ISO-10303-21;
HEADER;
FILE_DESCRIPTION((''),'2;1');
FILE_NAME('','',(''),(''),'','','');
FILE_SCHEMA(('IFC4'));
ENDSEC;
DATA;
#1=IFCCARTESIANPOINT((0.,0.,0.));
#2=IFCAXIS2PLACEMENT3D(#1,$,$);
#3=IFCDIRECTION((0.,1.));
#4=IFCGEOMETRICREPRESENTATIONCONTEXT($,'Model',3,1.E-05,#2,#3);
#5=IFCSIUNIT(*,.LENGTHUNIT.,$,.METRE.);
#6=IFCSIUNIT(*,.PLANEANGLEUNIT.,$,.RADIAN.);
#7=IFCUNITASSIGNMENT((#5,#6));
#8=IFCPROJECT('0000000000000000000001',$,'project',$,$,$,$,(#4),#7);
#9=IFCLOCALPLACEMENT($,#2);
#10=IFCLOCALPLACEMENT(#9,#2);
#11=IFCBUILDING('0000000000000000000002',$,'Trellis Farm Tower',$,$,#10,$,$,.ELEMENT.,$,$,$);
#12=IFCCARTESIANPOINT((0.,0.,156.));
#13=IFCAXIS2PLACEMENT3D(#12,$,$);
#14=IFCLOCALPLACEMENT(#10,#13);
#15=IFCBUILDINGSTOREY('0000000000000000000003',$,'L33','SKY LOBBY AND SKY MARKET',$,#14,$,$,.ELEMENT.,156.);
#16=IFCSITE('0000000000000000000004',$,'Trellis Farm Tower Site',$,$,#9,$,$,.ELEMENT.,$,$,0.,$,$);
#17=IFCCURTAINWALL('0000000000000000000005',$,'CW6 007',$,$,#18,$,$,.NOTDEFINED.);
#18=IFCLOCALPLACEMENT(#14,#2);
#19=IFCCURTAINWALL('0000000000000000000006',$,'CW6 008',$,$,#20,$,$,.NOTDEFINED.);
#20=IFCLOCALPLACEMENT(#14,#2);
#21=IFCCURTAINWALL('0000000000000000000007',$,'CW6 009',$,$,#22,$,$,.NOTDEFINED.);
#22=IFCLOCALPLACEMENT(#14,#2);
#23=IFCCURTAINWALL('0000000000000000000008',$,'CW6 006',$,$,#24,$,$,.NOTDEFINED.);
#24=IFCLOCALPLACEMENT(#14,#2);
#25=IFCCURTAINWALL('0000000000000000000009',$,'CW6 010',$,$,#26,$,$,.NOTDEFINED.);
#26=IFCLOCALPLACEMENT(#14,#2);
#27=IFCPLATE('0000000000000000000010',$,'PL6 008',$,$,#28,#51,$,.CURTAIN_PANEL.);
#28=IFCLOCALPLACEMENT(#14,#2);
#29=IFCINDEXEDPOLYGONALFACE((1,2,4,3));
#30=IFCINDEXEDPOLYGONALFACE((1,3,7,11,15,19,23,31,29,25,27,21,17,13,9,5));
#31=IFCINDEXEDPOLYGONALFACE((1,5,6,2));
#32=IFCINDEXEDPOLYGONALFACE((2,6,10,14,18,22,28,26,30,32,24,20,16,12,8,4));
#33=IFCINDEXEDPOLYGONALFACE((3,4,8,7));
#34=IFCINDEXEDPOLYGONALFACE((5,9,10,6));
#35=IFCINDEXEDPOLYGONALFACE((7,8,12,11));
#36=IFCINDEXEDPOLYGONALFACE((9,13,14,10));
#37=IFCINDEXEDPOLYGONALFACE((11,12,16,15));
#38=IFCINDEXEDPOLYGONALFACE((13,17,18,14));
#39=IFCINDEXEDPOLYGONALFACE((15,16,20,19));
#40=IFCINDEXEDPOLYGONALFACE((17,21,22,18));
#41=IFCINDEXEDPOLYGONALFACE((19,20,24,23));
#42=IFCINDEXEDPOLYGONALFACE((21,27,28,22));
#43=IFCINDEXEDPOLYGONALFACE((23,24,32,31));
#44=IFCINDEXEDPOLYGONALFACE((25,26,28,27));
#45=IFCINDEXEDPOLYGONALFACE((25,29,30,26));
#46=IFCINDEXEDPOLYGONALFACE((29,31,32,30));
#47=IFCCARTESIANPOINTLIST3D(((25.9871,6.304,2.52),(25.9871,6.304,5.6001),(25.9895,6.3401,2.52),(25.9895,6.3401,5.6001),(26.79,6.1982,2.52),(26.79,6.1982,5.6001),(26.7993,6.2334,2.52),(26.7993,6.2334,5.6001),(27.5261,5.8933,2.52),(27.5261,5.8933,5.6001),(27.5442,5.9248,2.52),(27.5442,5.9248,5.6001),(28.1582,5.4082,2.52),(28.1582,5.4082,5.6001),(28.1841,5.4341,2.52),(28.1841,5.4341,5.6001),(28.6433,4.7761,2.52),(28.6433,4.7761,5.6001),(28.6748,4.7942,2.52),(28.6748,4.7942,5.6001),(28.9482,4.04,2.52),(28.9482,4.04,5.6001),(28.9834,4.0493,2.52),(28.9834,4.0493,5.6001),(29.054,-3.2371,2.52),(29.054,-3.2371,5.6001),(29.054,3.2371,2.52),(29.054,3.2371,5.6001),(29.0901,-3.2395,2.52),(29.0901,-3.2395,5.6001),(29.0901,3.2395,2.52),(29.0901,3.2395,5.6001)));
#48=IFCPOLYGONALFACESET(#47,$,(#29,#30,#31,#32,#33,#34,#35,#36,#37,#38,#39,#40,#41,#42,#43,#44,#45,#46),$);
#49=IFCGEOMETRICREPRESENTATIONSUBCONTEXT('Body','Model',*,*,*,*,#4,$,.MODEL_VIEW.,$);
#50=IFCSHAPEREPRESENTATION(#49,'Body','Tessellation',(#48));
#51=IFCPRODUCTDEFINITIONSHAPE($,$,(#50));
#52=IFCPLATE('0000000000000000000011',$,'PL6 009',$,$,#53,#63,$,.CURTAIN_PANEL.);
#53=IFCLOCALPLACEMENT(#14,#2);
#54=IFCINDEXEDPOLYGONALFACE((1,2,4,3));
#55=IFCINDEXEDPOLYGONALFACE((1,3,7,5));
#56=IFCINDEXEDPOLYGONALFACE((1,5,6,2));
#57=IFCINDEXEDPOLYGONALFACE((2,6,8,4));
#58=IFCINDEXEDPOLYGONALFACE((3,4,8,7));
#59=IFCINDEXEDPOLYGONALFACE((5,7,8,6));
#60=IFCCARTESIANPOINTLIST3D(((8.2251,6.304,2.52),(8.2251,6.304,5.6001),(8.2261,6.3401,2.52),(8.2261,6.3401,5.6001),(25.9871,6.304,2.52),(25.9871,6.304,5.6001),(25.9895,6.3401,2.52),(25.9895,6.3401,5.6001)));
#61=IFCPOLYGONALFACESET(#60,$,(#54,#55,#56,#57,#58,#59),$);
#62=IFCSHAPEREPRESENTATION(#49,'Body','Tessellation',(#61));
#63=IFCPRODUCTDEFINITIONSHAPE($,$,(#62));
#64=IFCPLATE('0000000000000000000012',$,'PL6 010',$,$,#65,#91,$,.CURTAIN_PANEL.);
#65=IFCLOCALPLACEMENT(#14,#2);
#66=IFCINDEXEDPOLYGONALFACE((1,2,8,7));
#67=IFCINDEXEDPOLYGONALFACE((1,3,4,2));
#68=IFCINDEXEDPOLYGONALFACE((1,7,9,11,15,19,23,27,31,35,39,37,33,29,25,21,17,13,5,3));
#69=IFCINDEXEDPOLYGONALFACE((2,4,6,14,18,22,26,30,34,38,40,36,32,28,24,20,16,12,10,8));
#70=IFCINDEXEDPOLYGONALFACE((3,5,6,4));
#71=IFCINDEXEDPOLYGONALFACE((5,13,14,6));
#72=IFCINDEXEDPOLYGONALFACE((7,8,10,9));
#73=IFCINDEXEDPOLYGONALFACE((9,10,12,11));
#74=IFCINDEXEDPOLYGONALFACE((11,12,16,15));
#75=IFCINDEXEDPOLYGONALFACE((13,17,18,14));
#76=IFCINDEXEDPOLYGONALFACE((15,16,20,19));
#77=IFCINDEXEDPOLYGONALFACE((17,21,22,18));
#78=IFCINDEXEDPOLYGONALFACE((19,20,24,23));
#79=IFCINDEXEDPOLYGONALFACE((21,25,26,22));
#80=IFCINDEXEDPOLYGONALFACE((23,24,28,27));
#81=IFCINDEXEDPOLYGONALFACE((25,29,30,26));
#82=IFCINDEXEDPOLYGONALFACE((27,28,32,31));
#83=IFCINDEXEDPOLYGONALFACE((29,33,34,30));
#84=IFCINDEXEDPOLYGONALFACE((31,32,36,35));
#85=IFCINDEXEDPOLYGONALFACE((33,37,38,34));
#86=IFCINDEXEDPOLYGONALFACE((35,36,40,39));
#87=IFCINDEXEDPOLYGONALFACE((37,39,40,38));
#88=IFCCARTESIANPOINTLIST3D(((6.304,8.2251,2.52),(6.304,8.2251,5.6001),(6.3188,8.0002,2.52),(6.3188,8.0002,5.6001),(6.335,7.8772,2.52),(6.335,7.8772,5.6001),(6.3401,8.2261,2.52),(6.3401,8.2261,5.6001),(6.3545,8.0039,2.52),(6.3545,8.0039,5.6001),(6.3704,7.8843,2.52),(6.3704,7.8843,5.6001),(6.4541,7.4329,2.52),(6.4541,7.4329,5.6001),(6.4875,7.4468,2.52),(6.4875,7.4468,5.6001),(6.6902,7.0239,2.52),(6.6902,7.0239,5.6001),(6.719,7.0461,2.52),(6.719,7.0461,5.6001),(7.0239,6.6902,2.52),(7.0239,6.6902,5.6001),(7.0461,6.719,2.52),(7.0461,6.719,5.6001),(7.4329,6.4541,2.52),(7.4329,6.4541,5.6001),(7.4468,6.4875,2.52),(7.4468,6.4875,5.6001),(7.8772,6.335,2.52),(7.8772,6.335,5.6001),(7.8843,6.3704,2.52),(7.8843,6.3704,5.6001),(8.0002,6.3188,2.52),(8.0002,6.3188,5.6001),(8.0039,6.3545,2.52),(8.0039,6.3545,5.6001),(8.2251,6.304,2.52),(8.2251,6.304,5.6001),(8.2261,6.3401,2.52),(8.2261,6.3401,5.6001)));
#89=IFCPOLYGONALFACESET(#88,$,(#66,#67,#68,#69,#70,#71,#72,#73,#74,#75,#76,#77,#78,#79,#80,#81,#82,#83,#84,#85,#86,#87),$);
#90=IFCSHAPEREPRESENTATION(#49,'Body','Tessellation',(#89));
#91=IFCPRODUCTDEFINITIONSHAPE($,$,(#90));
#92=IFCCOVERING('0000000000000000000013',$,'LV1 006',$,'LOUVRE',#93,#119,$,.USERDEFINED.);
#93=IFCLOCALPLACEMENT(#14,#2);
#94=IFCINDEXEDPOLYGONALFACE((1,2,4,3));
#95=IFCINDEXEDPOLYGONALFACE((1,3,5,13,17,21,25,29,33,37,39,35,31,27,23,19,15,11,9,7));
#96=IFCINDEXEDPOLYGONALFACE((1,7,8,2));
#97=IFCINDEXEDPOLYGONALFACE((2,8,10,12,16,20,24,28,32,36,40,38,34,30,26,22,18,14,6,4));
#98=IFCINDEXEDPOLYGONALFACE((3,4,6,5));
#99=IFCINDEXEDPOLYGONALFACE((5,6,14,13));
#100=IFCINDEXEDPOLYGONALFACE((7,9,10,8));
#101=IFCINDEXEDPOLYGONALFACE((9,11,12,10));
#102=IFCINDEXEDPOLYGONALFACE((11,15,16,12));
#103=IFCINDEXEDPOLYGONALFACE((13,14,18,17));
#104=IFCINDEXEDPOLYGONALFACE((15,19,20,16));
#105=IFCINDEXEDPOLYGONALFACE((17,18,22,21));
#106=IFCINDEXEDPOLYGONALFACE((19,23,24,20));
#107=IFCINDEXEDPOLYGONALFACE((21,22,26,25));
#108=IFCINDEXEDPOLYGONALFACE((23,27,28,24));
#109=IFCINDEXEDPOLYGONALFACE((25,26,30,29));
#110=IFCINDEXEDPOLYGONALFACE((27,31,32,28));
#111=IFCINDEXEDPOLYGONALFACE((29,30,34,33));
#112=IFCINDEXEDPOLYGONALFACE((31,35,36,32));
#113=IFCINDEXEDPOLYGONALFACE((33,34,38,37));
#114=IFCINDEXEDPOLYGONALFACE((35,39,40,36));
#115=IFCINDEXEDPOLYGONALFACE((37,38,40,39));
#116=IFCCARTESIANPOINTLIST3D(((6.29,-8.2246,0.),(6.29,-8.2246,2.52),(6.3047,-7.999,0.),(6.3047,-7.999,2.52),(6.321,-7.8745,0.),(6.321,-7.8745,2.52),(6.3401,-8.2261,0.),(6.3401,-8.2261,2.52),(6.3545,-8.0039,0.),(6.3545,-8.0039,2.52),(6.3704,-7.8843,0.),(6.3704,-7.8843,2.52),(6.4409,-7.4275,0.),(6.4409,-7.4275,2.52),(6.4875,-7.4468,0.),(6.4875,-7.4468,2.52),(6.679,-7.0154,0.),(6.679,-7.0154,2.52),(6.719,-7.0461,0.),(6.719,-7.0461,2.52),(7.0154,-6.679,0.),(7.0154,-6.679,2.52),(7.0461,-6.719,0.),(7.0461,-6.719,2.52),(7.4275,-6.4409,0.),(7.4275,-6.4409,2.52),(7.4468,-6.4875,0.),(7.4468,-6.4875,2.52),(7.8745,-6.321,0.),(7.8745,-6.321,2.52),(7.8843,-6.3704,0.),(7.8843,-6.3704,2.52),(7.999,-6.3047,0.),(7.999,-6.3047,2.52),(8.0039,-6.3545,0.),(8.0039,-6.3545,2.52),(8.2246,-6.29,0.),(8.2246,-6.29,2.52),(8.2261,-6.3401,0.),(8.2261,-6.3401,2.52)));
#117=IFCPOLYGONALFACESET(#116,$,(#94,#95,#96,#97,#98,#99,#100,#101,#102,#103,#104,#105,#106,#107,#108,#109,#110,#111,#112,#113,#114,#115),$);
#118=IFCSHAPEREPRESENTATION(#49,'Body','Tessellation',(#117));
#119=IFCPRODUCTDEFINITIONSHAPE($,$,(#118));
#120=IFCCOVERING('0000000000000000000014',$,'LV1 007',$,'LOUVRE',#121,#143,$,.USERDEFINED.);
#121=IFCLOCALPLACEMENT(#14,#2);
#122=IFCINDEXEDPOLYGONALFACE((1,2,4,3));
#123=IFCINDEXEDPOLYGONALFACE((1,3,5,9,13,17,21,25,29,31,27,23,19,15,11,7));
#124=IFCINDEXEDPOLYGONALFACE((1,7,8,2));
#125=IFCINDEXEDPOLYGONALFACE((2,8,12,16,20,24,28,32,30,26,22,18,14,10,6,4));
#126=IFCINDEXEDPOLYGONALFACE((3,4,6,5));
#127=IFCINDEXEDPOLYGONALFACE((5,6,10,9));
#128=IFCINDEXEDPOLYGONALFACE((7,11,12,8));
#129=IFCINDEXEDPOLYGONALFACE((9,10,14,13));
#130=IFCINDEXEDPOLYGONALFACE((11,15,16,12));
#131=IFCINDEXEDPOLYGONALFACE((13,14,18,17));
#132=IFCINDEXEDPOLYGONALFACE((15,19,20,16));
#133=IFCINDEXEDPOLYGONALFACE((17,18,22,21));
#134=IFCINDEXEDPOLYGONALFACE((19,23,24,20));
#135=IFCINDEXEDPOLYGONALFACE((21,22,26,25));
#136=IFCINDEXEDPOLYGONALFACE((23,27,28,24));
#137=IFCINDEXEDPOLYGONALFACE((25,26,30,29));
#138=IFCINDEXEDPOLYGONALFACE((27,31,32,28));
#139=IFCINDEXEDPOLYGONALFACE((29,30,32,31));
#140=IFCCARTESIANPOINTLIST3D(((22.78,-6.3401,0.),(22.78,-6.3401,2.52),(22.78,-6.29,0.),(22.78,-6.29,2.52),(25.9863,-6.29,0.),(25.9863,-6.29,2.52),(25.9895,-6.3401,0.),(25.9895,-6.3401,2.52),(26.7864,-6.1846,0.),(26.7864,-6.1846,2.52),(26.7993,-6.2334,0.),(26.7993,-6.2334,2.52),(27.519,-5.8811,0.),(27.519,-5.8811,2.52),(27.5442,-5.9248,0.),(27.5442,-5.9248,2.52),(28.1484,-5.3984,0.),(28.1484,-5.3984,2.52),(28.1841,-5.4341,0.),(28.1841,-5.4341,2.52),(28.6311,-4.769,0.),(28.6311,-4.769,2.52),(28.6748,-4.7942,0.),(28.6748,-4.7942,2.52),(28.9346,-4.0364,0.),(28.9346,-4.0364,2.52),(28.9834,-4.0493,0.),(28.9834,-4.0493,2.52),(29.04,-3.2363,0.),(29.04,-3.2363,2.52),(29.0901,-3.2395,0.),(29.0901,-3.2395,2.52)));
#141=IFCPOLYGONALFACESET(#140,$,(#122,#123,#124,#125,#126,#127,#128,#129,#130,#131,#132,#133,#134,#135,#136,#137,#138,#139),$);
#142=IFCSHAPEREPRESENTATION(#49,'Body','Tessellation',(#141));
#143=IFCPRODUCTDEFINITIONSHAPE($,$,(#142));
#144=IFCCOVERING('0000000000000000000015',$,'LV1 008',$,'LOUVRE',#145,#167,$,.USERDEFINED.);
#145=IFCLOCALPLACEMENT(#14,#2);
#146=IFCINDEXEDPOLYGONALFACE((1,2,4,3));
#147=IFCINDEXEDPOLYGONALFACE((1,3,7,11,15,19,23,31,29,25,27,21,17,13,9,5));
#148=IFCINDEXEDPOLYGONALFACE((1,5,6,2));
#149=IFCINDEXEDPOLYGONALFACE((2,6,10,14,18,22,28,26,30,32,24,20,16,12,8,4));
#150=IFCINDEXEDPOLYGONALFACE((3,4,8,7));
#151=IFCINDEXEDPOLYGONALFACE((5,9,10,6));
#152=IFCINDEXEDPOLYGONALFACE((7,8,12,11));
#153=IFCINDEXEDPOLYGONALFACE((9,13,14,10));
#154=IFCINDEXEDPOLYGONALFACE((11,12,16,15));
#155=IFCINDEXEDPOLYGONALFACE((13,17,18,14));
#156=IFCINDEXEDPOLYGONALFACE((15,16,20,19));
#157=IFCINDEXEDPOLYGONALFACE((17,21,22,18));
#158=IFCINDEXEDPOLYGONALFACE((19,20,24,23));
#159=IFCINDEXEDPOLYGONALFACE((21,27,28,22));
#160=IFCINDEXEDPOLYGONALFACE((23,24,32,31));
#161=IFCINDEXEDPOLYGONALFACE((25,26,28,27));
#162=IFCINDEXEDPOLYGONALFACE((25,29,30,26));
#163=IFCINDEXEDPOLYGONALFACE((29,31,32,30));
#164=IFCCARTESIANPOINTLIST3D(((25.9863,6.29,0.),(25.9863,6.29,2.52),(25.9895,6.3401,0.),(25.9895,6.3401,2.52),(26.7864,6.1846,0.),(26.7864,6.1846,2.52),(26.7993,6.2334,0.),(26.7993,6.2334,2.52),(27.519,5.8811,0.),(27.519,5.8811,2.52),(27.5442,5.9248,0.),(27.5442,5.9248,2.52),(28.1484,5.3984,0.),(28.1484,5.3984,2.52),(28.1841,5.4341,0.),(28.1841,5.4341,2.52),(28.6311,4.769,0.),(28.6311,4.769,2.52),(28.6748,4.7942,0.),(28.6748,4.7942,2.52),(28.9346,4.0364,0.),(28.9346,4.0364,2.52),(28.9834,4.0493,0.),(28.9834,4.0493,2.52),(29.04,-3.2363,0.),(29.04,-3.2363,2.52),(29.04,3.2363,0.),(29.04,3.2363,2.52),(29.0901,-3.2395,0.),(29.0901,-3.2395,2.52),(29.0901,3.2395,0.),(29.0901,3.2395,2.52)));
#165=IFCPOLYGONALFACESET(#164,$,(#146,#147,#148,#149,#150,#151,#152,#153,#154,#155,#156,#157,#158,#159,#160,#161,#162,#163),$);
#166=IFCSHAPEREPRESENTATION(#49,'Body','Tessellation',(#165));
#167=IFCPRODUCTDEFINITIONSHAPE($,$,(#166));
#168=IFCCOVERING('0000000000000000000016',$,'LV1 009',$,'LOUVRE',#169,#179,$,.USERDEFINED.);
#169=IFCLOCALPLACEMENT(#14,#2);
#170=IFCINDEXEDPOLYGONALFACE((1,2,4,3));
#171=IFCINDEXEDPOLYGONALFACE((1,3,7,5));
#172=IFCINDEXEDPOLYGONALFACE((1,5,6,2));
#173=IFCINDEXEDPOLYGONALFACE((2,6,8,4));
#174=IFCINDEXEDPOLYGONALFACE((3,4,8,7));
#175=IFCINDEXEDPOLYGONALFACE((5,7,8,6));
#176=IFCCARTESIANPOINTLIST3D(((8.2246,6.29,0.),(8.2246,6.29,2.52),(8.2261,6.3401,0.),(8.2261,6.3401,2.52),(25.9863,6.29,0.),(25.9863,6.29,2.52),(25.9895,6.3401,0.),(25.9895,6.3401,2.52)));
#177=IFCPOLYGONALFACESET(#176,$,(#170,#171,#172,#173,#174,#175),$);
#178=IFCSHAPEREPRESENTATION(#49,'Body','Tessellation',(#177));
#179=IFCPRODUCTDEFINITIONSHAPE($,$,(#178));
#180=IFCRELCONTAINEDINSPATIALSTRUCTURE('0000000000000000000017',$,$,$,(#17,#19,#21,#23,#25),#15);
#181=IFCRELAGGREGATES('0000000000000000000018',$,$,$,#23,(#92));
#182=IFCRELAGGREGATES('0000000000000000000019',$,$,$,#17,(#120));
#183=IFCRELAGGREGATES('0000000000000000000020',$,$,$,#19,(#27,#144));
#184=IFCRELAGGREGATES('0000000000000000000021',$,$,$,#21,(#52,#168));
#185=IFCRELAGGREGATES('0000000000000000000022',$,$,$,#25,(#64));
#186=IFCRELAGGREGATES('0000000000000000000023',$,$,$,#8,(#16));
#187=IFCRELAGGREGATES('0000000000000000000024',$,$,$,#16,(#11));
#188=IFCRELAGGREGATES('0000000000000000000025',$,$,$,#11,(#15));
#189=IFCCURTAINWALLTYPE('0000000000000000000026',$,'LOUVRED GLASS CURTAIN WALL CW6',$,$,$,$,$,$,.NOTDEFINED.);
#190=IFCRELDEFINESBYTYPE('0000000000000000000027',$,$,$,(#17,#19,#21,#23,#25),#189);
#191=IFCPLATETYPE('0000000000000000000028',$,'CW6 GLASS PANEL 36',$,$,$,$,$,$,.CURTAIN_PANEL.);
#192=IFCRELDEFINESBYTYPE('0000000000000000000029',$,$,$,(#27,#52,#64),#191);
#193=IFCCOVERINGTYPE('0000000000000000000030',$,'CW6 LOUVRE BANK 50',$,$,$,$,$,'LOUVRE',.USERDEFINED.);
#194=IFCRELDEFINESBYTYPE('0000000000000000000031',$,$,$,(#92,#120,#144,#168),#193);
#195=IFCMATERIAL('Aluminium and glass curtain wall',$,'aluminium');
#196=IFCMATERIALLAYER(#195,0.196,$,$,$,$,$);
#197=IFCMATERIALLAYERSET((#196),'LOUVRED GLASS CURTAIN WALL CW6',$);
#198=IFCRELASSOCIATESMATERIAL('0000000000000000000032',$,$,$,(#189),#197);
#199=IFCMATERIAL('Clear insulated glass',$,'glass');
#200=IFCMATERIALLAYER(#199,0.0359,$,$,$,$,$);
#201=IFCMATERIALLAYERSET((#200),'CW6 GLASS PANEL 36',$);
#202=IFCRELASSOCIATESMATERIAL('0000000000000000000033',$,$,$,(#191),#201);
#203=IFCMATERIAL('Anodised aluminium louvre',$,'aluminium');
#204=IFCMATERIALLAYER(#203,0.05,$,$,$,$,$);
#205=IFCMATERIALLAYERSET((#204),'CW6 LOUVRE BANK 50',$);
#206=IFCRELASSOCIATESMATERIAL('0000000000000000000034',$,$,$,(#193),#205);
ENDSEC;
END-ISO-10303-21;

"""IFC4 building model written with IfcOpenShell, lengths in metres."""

from ifc_helpers import new_model, si_unit, direction, frame, origin, place, context, subcontext, project, spatial, polyline, outline, extrude, material, layer, layer_set, type_object, element, aggregate, save


model = new_model("IFC4")

# Units and contexts
model_context = context("Model", 3, precision=1e-05, world=origin(), true_north=direction((0.0, 1.0)))
body_context = subcontext(model_context, "Body", "Model", "MODEL_VIEW")
ifc_project = project(units=[si_unit("LENGTHUNIT", "METRE"), si_unit("PLANEANGLEUNIT", "RADIAN")], contexts=[model_context])

# Site, building, storey
site_placement = place(None, origin())
site = spatial("IfcSite", under=ifc_project, at=site_placement, Name="Trellis Farm Tower Site", CompositionType="ELEMENT", RefElevation=0.0)
building_placement = place(site_placement, origin())
building = spatial("IfcBuilding", under=site, at=building_placement, Name="Trellis Farm Tower", CompositionType="ELEMENT")
storey_placement = place(building_placement, frame((0.0, 0.0, 156.0)))
storey = spatial("IfcBuildingStorey", under=building, at=storey_placement, Name="L33", Description="SKY LOBBY AND SKY MARKET", CompositionType="ELEMENT", Elevation=156.0)

# Curtain walls
ifc_material_1 = material(Name="Aluminium and glass curtain wall", Category="aluminium")
ifc_layer_1 = layer(ifc_material_1, 0.196)
ifc_layer_set_1 = layer_set([ifc_layer_1], Name="LOUVRED GLASS CURTAIN WALL CW6")
curtain_wall_type = type_object("IfcCurtainWallType", Name="LOUVRED GLASS CURTAIN WALL CW6", PredefinedType="NOTDEFINED", material=ifc_layer_set_1)
placement_1 = place(storey_placement, origin())
curtain_wall_1 = element("IfcCurtainWall", 1, at=placement_1, inside=storey, type_object=curtain_wall_type, Name="CW6 007", PredefinedType="NOTDEFINED")
curtain_wall_2 = element("IfcCurtainWall", 2, at=placement_1, inside=storey, type_object=curtain_wall_type, Name="CW6 008", PredefinedType="NOTDEFINED")
curtain_wall_3 = element("IfcCurtainWall", 3, at=placement_1, inside=storey, type_object=curtain_wall_type, Name="CW6 009", PredefinedType="NOTDEFINED")
curtain_wall_4 = element("IfcCurtainWall", 4, at=placement_1, inside=storey, type_object=curtain_wall_type, Name="CW6 006", PredefinedType="NOTDEFINED")
curtain_wall_5 = element("IfcCurtainWall", 5, at=placement_1, inside=storey, type_object=curtain_wall_type, Name="CW6 010", PredefinedType="NOTDEFINED")

# Plates
ifc_material_2 = material(Name="Clear insulated glass", Category="glass")
ifc_layer_2 = layer(ifc_material_2, 0.0359)
ifc_layer_set_2 = layer_set([ifc_layer_2], Name="CW6 GLASS PANEL 36")
plate_type = type_object("IfcPlateType", Name="CW6 GLASS PANEL 36", PredefinedType="CURTAIN_PANEL", material=ifc_layer_set_2)
placement_2 = place(storey_placement, frame((0.0, 0.0, 2.52)))
plate_1 = element("IfcPlate", 6, at=placement_2, type_object=plate_type, Name="PL6 008", PredefinedType="CURTAIN_PANEL", context=body_context, shape_type="SweptSolid", body=[
    extrude(outline(polyline([(29.0901, -3.2395), (29.0901, 3.2395), (28.9834, 4.0493), (28.6748, 4.7942), (28.1841, 5.4341), (27.5442, 5.9248), (26.7993, 6.2334), (25.9895, 6.3401), (25.9871, 6.304), (26.79, 6.1982), (27.5261, 5.8933), (28.1582, 5.4082), (28.6433, 4.7761), (28.9482, 4.04), (29.054, 3.2371), (29.054, -3.2371), (29.0901, -3.2395)])), origin(), (0.0, 0.0, 1.0), 3.0801),
])
plate_2 = element("IfcPlate", 7, at=placement_2, type_object=plate_type, Name="PL6 009", PredefinedType="CURTAIN_PANEL", context=body_context, shape_type="SweptSolid", body=[
    extrude(outline(polyline([(25.9895, 6.3401), (8.2261, 6.3401), (8.2251, 6.304), (25.9871, 6.304), (25.9895, 6.3401)])), origin(), (0.0, 0.0, 1.0), 3.0801),
])
plate_3 = element("IfcPlate", 8, at=placement_2, type_object=plate_type, Name="PL6 010", PredefinedType="CURTAIN_PANEL", context=body_context, shape_type="SweptSolid", body=[
    extrude(outline(polyline([(8.2261, 6.3401), (8.0039, 6.3545), (7.8843, 6.3704), (7.4468, 6.4875), (7.0461, 6.719), (6.719, 7.0461), (6.4875, 7.4468), (6.3704, 7.8843), (6.3545, 8.0039), (6.3401, 8.2261), (6.304, 8.2251), (6.3188, 8.0002), (6.335, 7.8772), (6.4541, 7.4329), (6.6902, 7.0239), (7.0239, 6.6902), (7.4329, 6.4541), (7.8772, 6.335), (8.0002, 6.3188), (8.2251, 6.304), (8.2261, 6.3401)])), origin(), (0.0, 0.0, 1.0), 3.0801),
])

# Coverings
ifc_material_3 = material(Name="Anodised aluminium louvre", Category="aluminium")
ifc_layer_3 = layer(ifc_material_3, 0.05)
ifc_layer_set_3 = layer_set([ifc_layer_3], Name="CW6 LOUVRE BANK 50")
covering_type = type_object("IfcCoveringType", Name="CW6 LOUVRE BANK 50", ElementType="LOUVRE", PredefinedType="USERDEFINED", material=ifc_layer_set_3)
covering_1 = element("IfcCovering", 9, at=placement_1, type_object=covering_type, Name="LV1 006", ObjectType="LOUVRE", PredefinedType="USERDEFINED", context=body_context, shape_type="SweptSolid", body=[
    extrude(outline(polyline([(6.3401, -8.2261), (6.3545, -8.0039), (6.3704, -7.8843), (6.4875, -7.4468), (6.719, -7.0461), (7.0461, -6.719), (7.4468, -6.4875), (7.8843, -6.3704), (8.0039, -6.3545), (8.2261, -6.3401), (8.2246, -6.29), (7.999, -6.3047), (7.8745, -6.321), (7.4275, -6.4409), (7.0154, -6.679), (6.679, -7.0154), (6.4409, -7.4275), (6.321, -7.8745), (6.3047, -7.999), (6.29, -8.2246), (6.3401, -8.2261)])), origin(), (0.0, 0.0, 1.0), 2.52),
])
aggregate(curtain_wall_4, [covering_1])
covering_2 = element("IfcCovering", 10, at=placement_1, type_object=covering_type, Name="LV1 007", ObjectType="LOUVRE", PredefinedType="USERDEFINED", context=body_context, shape_type="SweptSolid", body=[
    extrude(outline(polyline([(22.78, -6.3401), (25.9895, -6.3401), (26.7993, -6.2334), (27.5442, -5.9248), (28.1841, -5.4341), (28.6748, -4.7942), (28.9834, -4.0493), (29.0901, -3.2395), (29.04, -3.2363), (28.9346, -4.0364), (28.6311, -4.769), (28.1484, -5.3984), (27.519, -5.8811), (26.7864, -6.1846), (25.9863, -6.29), (22.78, -6.29), (22.78, -6.3401)])), origin(), (0.0, 0.0, 1.0), 2.52),
])
aggregate(curtain_wall_1, [covering_2])
covering_3 = element("IfcCovering", 11, at=placement_1, type_object=covering_type, Name="LV1 008", ObjectType="LOUVRE", PredefinedType="USERDEFINED", context=body_context, shape_type="SweptSolid", body=[
    extrude(outline(polyline([(29.0901, -3.2395), (29.0901, 3.2395), (28.9834, 4.0493), (28.6748, 4.7942), (28.1841, 5.4341), (27.5442, 5.9248), (26.7993, 6.2334), (25.9895, 6.3401), (25.9863, 6.29), (26.7864, 6.1846), (27.519, 5.8811), (28.1484, 5.3984), (28.6311, 4.769), (28.9346, 4.0364), (29.04, 3.2363), (29.04, -3.2363), (29.0901, -3.2395)])), origin(), (0.0, 0.0, 1.0), 2.52),
])
aggregate(curtain_wall_2, [plate_1, covering_3])
covering_4 = element("IfcCovering", 12, at=placement_1, type_object=covering_type, Name="LV1 009", ObjectType="LOUVRE", PredefinedType="USERDEFINED", context=body_context, shape_type="SweptSolid", body=[
    extrude(outline(polyline([(25.9895, 6.3401), (8.2261, 6.3401), (8.2246, 6.29), (25.9863, 6.29), (25.9895, 6.3401)])), origin(), (0.0, 0.0, 1.0), 2.52),
])
aggregate(curtain_wall_3, [plate_2, covering_4])
aggregate(curtain_wall_5, [plate_3])

save(model, "model.ifc")
